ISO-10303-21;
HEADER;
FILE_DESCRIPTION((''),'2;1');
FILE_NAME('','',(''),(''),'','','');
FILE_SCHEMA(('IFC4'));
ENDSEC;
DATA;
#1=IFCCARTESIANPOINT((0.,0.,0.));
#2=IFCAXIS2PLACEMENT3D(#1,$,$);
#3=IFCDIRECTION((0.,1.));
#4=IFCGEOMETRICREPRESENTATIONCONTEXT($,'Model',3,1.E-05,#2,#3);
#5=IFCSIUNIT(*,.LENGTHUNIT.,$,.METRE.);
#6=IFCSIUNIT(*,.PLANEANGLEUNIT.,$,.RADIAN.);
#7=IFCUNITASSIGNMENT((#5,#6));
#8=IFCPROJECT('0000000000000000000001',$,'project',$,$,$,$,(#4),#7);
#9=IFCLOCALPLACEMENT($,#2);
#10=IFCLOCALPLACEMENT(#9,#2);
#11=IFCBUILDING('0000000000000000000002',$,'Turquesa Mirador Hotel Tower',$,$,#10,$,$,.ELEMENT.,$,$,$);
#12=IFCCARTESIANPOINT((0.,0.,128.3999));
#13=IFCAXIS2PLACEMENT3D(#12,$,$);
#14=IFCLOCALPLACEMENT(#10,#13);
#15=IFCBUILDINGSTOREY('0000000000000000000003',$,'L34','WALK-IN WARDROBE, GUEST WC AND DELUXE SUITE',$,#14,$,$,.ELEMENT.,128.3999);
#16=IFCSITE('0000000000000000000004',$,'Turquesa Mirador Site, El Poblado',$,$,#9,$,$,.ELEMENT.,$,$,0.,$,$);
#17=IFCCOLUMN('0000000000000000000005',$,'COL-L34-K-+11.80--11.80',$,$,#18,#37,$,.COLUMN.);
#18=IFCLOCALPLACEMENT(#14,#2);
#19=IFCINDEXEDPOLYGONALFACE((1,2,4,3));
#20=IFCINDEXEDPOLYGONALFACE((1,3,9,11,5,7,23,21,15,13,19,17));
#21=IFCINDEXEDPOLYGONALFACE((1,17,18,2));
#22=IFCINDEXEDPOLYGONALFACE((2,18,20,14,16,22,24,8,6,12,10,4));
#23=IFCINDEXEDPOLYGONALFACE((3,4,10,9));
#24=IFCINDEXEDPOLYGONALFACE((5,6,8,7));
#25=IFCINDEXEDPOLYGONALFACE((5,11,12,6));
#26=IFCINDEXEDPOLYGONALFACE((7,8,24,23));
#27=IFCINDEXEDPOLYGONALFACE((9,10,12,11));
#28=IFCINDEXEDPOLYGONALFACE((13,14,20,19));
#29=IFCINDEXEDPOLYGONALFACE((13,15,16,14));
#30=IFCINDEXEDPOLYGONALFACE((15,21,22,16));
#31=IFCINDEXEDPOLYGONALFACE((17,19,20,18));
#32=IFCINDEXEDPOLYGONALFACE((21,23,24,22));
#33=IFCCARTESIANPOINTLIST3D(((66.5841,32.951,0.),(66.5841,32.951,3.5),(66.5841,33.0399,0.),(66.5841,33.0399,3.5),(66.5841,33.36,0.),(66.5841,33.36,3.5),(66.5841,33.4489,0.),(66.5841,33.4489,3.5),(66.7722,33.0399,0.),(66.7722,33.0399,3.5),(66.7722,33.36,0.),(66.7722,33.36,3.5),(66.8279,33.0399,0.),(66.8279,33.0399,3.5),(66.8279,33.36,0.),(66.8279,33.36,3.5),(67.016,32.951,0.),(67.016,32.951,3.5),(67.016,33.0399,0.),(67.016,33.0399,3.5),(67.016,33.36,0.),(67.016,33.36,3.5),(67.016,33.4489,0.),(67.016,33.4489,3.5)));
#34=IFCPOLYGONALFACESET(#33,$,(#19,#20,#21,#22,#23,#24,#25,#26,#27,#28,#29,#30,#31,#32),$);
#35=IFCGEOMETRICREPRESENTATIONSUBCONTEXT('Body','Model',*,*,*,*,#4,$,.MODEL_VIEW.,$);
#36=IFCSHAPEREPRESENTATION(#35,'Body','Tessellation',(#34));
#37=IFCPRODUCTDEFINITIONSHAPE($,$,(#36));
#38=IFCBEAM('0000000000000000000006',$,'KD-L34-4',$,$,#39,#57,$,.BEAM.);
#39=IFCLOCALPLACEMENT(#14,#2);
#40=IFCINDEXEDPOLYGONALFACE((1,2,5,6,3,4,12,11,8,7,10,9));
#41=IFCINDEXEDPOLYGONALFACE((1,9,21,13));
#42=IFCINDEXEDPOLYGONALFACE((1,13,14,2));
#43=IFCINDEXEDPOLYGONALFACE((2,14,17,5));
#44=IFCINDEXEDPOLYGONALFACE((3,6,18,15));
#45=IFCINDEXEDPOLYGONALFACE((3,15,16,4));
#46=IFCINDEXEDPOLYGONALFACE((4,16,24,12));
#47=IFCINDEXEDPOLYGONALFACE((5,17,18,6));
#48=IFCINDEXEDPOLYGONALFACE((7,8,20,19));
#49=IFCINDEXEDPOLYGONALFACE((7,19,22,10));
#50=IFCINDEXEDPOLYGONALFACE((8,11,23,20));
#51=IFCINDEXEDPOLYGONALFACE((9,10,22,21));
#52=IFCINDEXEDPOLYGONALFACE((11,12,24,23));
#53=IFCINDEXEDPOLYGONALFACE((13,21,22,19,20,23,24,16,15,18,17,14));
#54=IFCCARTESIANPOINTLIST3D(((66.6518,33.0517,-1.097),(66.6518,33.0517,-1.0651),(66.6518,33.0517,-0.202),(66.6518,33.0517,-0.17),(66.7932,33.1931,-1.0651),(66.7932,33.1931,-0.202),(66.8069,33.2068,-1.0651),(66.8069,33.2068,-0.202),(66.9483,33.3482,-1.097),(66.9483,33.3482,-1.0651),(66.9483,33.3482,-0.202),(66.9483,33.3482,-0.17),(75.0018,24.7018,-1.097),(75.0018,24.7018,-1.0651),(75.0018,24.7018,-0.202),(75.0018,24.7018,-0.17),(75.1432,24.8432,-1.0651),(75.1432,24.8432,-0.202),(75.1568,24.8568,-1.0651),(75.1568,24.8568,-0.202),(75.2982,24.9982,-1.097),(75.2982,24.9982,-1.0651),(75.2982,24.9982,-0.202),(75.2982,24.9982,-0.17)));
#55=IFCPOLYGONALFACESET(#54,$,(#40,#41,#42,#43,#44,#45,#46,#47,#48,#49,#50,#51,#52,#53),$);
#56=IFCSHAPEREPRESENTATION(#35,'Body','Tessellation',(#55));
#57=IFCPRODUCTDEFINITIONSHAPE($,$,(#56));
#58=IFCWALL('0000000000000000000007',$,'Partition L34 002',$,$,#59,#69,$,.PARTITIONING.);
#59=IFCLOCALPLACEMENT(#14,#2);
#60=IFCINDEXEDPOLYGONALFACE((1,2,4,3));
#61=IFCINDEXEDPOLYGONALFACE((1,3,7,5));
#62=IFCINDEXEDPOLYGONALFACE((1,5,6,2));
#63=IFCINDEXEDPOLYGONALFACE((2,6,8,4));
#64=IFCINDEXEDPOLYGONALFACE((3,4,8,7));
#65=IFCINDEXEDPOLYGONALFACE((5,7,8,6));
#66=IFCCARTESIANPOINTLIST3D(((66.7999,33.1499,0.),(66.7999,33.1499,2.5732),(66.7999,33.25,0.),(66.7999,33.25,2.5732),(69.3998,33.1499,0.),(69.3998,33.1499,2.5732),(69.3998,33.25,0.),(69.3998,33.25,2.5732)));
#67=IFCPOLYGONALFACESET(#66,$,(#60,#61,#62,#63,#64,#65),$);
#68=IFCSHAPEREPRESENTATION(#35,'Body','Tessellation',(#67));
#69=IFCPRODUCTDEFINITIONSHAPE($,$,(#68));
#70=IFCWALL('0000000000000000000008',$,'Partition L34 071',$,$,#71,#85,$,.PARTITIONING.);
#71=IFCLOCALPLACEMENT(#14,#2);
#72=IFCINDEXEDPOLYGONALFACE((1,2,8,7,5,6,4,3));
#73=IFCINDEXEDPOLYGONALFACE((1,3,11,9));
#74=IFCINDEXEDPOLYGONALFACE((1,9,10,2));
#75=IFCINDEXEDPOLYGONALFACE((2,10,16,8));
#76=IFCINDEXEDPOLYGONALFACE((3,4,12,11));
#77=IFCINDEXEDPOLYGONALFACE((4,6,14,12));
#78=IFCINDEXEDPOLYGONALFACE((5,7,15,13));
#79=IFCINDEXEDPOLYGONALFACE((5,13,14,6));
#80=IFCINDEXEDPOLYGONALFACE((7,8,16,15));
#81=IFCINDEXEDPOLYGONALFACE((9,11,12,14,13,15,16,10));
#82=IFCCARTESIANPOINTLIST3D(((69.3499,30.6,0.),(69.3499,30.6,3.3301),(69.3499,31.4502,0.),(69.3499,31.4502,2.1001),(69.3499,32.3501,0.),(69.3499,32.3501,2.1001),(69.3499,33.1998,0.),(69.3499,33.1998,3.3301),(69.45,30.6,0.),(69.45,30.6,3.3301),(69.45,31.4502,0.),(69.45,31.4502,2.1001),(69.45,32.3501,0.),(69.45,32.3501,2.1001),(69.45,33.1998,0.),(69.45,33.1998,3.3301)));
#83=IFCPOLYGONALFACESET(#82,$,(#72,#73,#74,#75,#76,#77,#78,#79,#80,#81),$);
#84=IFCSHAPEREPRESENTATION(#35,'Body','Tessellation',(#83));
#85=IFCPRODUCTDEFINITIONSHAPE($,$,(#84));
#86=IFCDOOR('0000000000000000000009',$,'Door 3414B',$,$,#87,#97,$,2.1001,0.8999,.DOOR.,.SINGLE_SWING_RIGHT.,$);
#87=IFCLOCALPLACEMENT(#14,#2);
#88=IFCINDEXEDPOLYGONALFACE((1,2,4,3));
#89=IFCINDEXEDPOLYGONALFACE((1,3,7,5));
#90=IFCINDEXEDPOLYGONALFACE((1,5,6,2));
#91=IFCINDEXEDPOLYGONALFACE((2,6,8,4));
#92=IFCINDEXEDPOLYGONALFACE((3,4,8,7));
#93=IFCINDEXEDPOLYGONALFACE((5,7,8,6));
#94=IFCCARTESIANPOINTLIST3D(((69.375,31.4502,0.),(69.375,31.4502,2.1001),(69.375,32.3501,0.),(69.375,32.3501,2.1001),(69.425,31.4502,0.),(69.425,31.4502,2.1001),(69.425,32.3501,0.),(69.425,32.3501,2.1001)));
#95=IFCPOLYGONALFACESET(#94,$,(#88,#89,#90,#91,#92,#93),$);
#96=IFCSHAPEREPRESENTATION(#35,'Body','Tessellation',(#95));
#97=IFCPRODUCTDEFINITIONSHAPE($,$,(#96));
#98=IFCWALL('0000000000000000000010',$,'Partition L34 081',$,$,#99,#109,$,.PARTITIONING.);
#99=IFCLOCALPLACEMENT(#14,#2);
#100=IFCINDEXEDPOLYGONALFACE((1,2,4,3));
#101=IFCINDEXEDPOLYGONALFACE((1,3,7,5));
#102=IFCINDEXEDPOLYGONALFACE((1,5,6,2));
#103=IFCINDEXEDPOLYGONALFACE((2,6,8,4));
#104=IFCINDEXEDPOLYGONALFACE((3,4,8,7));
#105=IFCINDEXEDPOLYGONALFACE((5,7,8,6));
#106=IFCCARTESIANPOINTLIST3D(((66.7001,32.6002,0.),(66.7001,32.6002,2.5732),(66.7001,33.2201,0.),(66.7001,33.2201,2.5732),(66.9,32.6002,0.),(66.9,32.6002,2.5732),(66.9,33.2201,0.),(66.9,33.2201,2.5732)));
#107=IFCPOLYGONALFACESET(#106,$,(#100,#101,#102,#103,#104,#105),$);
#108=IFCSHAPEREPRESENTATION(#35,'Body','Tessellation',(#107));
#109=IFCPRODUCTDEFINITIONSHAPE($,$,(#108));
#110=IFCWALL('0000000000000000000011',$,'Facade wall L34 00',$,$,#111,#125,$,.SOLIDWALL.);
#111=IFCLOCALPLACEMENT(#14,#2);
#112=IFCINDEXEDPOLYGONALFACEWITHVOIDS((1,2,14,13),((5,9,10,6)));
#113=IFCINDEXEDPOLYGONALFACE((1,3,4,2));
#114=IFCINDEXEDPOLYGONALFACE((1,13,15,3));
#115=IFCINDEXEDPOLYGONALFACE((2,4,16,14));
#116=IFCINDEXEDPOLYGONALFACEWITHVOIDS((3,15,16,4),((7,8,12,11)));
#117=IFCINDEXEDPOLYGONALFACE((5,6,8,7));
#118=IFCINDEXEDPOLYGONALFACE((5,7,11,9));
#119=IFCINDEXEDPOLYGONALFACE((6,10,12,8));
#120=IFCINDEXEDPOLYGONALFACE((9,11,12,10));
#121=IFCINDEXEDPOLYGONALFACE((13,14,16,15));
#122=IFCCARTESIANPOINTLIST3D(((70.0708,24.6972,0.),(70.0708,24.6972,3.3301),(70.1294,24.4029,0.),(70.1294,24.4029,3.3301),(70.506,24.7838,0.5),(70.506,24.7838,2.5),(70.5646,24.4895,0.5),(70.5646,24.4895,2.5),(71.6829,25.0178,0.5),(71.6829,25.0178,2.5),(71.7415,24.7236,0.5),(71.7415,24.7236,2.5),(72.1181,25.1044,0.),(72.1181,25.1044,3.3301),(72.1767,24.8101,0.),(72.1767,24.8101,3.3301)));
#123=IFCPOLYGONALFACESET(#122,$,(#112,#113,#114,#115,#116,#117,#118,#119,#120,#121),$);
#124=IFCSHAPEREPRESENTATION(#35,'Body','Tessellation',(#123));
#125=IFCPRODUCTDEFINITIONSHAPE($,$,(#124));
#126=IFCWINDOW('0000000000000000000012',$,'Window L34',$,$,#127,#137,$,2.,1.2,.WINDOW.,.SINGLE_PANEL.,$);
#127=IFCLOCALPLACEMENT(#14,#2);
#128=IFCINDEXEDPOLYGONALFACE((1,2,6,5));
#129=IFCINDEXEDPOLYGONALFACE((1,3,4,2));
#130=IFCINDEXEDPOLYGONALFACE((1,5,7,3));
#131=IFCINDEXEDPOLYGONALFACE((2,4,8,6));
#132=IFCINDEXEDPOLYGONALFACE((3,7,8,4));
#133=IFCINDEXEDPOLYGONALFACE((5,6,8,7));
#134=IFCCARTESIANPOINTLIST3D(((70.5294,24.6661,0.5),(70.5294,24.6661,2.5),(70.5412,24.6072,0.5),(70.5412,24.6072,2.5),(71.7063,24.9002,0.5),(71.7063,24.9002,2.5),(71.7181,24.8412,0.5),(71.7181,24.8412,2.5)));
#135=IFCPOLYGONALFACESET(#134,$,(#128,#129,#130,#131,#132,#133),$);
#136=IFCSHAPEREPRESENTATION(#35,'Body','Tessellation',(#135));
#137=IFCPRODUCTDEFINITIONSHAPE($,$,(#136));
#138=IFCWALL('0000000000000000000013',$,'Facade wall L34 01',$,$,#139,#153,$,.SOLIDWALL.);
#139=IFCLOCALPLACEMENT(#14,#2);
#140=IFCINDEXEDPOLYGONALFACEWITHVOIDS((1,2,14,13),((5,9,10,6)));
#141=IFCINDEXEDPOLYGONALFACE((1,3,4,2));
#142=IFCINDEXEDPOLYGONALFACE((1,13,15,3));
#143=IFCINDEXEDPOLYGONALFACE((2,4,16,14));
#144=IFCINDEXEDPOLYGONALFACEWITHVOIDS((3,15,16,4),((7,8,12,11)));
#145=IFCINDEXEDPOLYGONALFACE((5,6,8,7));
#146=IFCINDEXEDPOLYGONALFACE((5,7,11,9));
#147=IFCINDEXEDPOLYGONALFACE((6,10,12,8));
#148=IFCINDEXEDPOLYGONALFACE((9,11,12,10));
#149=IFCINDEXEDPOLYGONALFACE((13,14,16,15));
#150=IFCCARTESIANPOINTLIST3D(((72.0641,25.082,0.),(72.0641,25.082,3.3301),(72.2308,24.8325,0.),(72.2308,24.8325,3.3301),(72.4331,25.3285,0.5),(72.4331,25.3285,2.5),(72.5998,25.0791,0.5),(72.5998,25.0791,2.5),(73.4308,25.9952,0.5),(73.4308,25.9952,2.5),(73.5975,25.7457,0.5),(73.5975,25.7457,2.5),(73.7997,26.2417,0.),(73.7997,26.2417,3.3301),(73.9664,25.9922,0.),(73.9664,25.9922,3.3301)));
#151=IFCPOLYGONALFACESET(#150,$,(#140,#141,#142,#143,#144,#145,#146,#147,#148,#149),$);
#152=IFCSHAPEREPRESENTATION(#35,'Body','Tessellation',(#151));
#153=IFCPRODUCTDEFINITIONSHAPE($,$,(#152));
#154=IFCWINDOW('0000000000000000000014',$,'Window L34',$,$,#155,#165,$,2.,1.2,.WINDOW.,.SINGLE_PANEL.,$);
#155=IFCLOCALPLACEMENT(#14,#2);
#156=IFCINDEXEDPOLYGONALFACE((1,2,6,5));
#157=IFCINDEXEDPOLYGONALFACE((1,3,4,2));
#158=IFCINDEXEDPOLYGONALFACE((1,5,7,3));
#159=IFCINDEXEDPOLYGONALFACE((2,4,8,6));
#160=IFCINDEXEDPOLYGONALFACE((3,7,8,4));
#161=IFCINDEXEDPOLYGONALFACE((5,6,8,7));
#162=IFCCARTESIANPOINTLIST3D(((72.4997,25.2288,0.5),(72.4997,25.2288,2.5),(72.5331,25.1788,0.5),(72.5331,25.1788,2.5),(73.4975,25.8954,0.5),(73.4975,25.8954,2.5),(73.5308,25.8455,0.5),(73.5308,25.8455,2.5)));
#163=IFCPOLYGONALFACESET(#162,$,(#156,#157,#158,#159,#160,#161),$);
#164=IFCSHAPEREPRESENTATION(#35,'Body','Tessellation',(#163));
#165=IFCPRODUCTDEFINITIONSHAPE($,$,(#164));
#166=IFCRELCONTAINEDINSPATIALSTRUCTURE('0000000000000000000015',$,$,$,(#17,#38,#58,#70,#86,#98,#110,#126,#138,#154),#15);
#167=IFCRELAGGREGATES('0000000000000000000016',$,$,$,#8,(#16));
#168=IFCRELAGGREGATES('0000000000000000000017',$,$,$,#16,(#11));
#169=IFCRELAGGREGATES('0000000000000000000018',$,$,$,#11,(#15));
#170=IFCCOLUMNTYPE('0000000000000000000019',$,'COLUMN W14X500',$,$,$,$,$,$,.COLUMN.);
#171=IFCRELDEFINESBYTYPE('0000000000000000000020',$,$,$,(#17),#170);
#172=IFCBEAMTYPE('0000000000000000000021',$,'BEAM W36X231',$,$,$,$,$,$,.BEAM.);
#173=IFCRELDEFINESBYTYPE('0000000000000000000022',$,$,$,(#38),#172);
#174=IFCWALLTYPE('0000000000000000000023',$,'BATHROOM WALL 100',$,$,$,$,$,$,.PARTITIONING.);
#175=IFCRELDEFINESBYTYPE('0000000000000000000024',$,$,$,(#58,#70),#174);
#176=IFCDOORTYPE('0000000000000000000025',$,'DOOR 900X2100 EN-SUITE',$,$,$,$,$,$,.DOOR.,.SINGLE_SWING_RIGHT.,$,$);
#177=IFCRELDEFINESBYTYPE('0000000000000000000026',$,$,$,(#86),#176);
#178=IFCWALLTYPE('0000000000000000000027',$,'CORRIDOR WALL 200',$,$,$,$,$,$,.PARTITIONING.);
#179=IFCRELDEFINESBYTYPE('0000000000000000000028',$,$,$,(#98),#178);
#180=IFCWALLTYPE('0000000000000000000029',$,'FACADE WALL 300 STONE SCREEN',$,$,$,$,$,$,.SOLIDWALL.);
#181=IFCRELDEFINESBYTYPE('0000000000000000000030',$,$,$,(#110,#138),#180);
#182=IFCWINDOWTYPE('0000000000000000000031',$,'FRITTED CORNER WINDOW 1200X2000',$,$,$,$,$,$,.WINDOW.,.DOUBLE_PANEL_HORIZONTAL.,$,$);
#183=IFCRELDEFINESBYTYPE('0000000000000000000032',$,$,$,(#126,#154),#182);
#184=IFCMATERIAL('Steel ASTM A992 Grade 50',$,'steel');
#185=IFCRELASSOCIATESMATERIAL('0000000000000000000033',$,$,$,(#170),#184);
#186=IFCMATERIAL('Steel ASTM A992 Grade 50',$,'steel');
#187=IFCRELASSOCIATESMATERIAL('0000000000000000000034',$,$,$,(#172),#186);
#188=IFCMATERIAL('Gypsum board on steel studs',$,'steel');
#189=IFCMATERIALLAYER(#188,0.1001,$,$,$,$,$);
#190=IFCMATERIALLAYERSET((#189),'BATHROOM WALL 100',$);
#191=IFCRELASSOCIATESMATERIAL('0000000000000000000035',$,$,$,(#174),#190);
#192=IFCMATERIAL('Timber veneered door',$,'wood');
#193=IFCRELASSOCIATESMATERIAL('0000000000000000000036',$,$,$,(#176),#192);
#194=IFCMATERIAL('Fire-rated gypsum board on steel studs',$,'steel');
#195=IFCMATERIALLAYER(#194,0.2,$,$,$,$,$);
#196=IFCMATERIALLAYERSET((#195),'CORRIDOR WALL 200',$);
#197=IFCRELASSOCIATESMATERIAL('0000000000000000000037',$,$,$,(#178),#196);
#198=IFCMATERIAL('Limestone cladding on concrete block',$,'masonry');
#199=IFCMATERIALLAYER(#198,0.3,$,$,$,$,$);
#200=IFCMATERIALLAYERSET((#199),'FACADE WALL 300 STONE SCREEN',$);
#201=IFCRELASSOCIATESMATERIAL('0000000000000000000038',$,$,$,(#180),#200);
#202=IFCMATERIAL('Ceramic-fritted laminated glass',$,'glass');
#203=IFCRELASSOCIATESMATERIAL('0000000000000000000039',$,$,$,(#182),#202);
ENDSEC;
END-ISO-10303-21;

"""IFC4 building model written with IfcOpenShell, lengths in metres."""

from ifc_helpers import new_model, si_unit, direction, frame, frame_2d, origin, origin_2d, place, context, subcontext, project, spatial, rectangle, i_section, extrude, material, layer, layer_set, material_profile, profile_set, type_object, element, fill, save


model = new_model("IFC4")

# Units and contexts
model_context = context("Model", 3, precision=1e-05, world=origin(), true_north=direction((0.0, 1.0)))
body_context = subcontext(model_context, "Body", "Model", "MODEL_VIEW")
ifc_project = project(units=[si_unit("LENGTHUNIT", "METRE"), si_unit("PLANEANGLEUNIT", "RADIAN")], contexts=[model_context])

# Site, building, storey
site_placement = place(None, origin())
site = spatial("IfcSite", under=ifc_project, at=site_placement, Name="Turquesa Mirador Site, El Poblado", CompositionType="ELEMENT", RefElevation=0.0)
building_placement = place(site_placement, origin())
building = spatial("IfcBuilding", under=site, at=building_placement, Name="Turquesa Mirador Hotel Tower", CompositionType="ELEMENT")
storey_placement = place(building_placement, frame((0.0, 0.0, 128.3999)))
storey = spatial("IfcBuildingStorey", under=building, at=storey_placement, Name="L34", Description="WALK-IN WARDROBE, GUEST WC AND DELUXE SUITE", CompositionType="ELEMENT", Elevation=128.3999)

# Column
ifc_material_1 = material(Name="Steel ASTM A992 Grade 50", Category="steel")
ifc_material_profile_1 = material_profile(ifc_material_1, i_section(OverallWidth=0.4319, OverallDepth=0.4978, WebThickness=0.0557, FlangeThickness=0.0889, at=origin_2d()), Name="W14X500")
ifc_profile_set_1 = profile_set([ifc_material_profile_1], Name="Steel ASTM A992 Grade 50")
column_type = type_object("IfcColumnType", Name="COLUMN W14X500", PredefinedType="COLUMN", material=ifc_profile_set_1)
column_placement = place(storey_placement, frame((66.8, 33.2, 0.0), z_axis=(0.0, 0.0, 1.0), x_axis=(1.0, 0.0, 0.0)))
element("IfcColumn", 1, at=column_placement, inside=storey, type_object=column_type, Name="COL-L34-K-+11.80--11.80", PredefinedType="COLUMN", context=body_context, shape_type="SweptSolid", body=[
    extrude(i_section(OverallWidth=0.4319, OverallDepth=0.4978, WebThickness=0.0557, FlangeThickness=0.0889, at=origin_2d()), origin(), (0.0, 0.0, 1.0), 3.5),
])

# Beam
ifc_material_2 = material(Name="Steel ASTM A992 Grade 50", Category="steel")
ifc_material_profile_2 = material_profile(ifc_material_2, i_section(OverallWidth=0.4192, OverallDepth=0.927, WebThickness=0.0193, FlangeThickness=0.032, at=origin_2d()), Name="W36X231")
ifc_profile_set_2 = profile_set([ifc_material_profile_2], Name="Steel ASTM A992 Grade 50")
beam_type = type_object("IfcBeamType", Name="BEAM W36X231", PredefinedType="BEAM", material=ifc_profile_set_2)
beam_placement = place(storey_placement, frame((66.8, 33.2, -0.6335), z_axis=(0.707107, -0.707107, 0.0), x_axis=(0.707107, 0.707107, 0.0)))
element("IfcBeam", 2, at=beam_placement, inside=storey, type_object=beam_type, Name="KD-L34-4", PredefinedType="BEAM", context=body_context, shape_type="SweptSolid", body=[
    extrude(i_section(OverallWidth=0.4192, OverallDepth=0.927, WebThickness=0.0193, FlangeThickness=0.032, at=origin_2d()), origin(), (0.0, 0.0, 1.0), 11.8086),
])

# Wall
ifc_material_3 = material(Name="Gypsum board on steel studs", Category="steel")
ifc_layer_1 = layer(ifc_material_3, 0.1001)
ifc_layer_set_1 = layer_set([ifc_layer_1], Name="BATHROOM WALL 100")
wall_type_1 = type_object("IfcWallType", Name="BATHROOM WALL 100", PredefinedType="PARTITIONING", material=ifc_layer_set_1)
wall_1_placement = place(storey_placement, frame((66.8, 33.2, 0.0), z_axis=(0.0, 0.0, 1.0), x_axis=(1.0, 0.0, 0.0)))
element("IfcWall", 3, at=wall_1_placement, inside=storey, type_object=wall_type_1, Name="Partition L34 002", PredefinedType="PARTITIONING", context=body_context, shape_type="SweptSolid", body=[
    extrude(rectangle(XDim=2.5999, YDim=0.1001, at=frame_2d((1.2998, 0.0))), origin(), (0.0, 0.0, 1.0), 2.5732),
])

# Wall, opening, door
wall_2_placement = place(storey_placement, frame((69.3999, 30.6001, 0.0), z_axis=(0.0, 0.0, 1.0), x_axis=(0.0, 1.0, 0.0)))
wall_2 = element("IfcWall", 4, at=wall_2_placement, inside=storey, type_object=wall_type_1, Name="Partition L34 071", PredefinedType="PARTITIONING", context=body_context, shape_type="SweptSolid", body=[
    extrude(rectangle(XDim=2.5999, YDim=0.1001, at=frame_2d((1.2998, 0.0))), origin(), (0.0, 0.0, 1.0), 3.3301),
])
opening_1_placement = place(wall_2_placement, frame((0.8501, 0.0, 0.0)))
opening_1 = element("IfcOpeningElement", 5, at=opening_1_placement, cuts=wall_2, PredefinedType="OPENING", context=body_context, shape_type="SweptSolid", body=[
    extrude(rectangle(XDim=0.8999, YDim=2.1001, at=frame_2d((0.45, 1.05))), frame((0.0, 0.0601, 0.0), z_axis=(0.0, -1.0, 0.0), x_axis=(1.0, 0.0, 0.0)), (0.0, 0.0, 1.0), 0.1201),
])
ifc_material_4 = material(Name="Timber veneered door", Category="wood")
door_type_1 = type_object("IfcDoorType", Name="DOOR 900X2100 EN-SUITE", OperationType="SINGLE_SWING_RIGHT", PredefinedType="DOOR", material=ifc_material_4)
door_1_placement = place(opening_1_placement, origin())
door_1 = element("IfcDoor", 6, at=door_1_placement, inside=storey, type_object=door_type_1, Name="Door 3414B", OperationType="SINGLE_SWING_RIGHT", OverallHeight=2.1001, OverallWidth=0.8999, PredefinedType="DOOR", context=body_context, shape_type="SweptSolid", body=[
    extrude(rectangle(XDim=0.8999, YDim=2.1001, at=frame_2d((0.45, 1.05))), frame((0.0, 0.0249, 0.0), z_axis=(0.0, -1.0, 0.0), x_axis=(1.0, 0.0, 0.0)), (0.0, 0.0, 1.0), 0.05),
])
fill(opening_1, door_1)

# Wall
ifc_material_5 = material(Name="Fire-rated gypsum board on steel studs", Category="steel")
ifc_layer_2 = layer(ifc_material_5, 0.2)
ifc_layer_set_2 = layer_set([ifc_layer_2], Name="CORRIDOR WALL 200")
wall_type_2 = type_object("IfcWallType", Name="CORRIDOR WALL 200", PredefinedType="PARTITIONING", material=ifc_layer_set_2)
wall_3_placement = place(storey_placement, frame((66.8, 32.6001, 0.0), z_axis=(0.0, 0.0, 1.0), x_axis=(0.0, 1.0, 0.0)))
element("IfcWall", 7, at=wall_3_placement, inside=storey, type_object=wall_type_2, Name="Partition L34 081", PredefinedType="PARTITIONING", context=body_context, shape_type="SweptSolid", body=[
    extrude(rectangle(XDim=0.6199, YDim=0.2, at=frame_2d((0.3101, 0.0))), origin(), (0.0, 0.0, 1.0), 2.5732),
])

# Walls, openings, windows
ifc_material_6 = material(Name="Limestone cladding on concrete block", Category="masonry")
ifc_layer_3 = layer(ifc_material_6, 0.3)
ifc_layer_set_3 = layer_set([ifc_layer_3], Name="FACADE WALL 300 STONE SCREEN")
wall_type_3 = type_object("IfcWallType", Name="FACADE WALL 300 STONE SCREEN", PredefinedType="SOLIDWALL", material=ifc_layer_set_3)
wall_4_placement = place(storey_placement, frame((70.1001, 24.55, 0.0), z_axis=(0.0, 0.0, 1.0), x_axis=(0.980787, 0.195081, 0.0)))
wall_4 = element("IfcWall", 8, at=wall_4_placement, inside=storey, type_object=wall_type_3, Name="Facade wall L34 00", PredefinedType="SOLIDWALL", context=body_context, shape_type="SweptSolid", body=[
    extrude(rectangle(XDim=2.0874, YDim=0.3, at=frame_2d((1.0437, 0.0))), origin(), (0.0, 0.0, 1.0), 3.3301),
])
opening_2_placement = place(wall_4_placement, frame((0.4436, 0.0, 0.5)))
opening_2 = element("IfcOpeningElement", 9, at=opening_2_placement, cuts=wall_4, PredefinedType="OPENING", context=body_context, shape_type="SweptSolid", body=[
    extrude(rectangle(XDim=1.2, YDim=2.0, at=frame_2d((0.6001, 1.0))), frame((0.0, 0.1599, 0.0), z_axis=(0.0, -1.0, 0.0), x_axis=(1.0, 0.0, 0.0)), (0.0, 0.0, 1.0), 0.3201),
])
ifc_material_7 = material(Name="Ceramic-fritted laminated glass", Category="glass")
window_type = type_object("IfcWindowType", Name="FRITTED CORNER WINDOW 1200X2000", PartitioningType="DOUBLE_PANEL_HORIZONTAL", PredefinedType="WINDOW", material=ifc_material_7)
window_1_placement = place(opening_2_placement, origin())
window_1 = element("IfcWindow", 10, at=window_1_placement, inside=storey, type_object=window_type, Name="Window L34", OverallHeight=2.0, OverallWidth=1.2, PartitioningType="SINGLE_PANEL", PredefinedType="WINDOW", context=body_context, shape_type="SweptSolid", body=[
    extrude(rectangle(XDim=1.2, YDim=2.0, at=frame_2d((0.6001, 1.0))), frame((0.0, 0.03, 0.0), z_axis=(0.0, -1.0, 0.0), x_axis=(1.0, 0.0, 0.0)), (0.0, 0.0, 1.0), 0.0601),
])
fill(opening_2, window_1)
wall_5_placement = place(storey_placement, frame((72.1475, 24.9573, 0.0), z_axis=(0.0, 0.0, 1.0), x_axis=(0.831474, 0.555564, 0.0)))
wall_5 = element("IfcWall", 11, at=wall_5_placement, inside=storey, type_object=wall_type_3, Name="Facade wall L34 01", PredefinedType="SOLIDWALL", context=body_context, shape_type="SweptSolid", body=[
    extrude(rectangle(XDim=2.0874, YDim=0.3, at=frame_2d((1.0437, 0.0))), origin(), (0.0, 0.0, 1.0), 3.3301),
])
opening_3_placement = place(wall_5_placement, frame((0.4436, 0.0, 0.5)))
opening_3 = element("IfcOpeningElement", 12, at=opening_3_placement, cuts=wall_5, PredefinedType="OPENING", context=body_context, shape_type="SweptSolid", body=[
    extrude(rectangle(XDim=1.2, YDim=2.0, at=frame_2d((0.6001, 1.0))), frame((0.0, 0.1599, 0.0), z_axis=(0.0, -1.0, 0.0), x_axis=(1.0, 0.0, 0.0)), (0.0, 0.0, 1.0), 0.3201),
])
window_2_placement = place(opening_3_placement, origin())
window_2 = element("IfcWindow", 13, at=window_2_placement, inside=storey, type_object=window_type, Name="Window L34", OverallHeight=2.0, OverallWidth=1.2, PartitioningType="SINGLE_PANEL", PredefinedType="WINDOW", context=body_context, shape_type="SweptSolid", body=[
    extrude(rectangle(XDim=1.2, YDim=2.0, at=frame_2d((0.6001, 1.0))), frame((0.0, 0.03, 0.0), z_axis=(0.0, -1.0, 0.0), x_axis=(1.0, 0.0, 0.0)), (0.0, 0.0, 1.0), 0.0601),
])
fill(opening_3, window_2)

save(model, "model.ifc")
